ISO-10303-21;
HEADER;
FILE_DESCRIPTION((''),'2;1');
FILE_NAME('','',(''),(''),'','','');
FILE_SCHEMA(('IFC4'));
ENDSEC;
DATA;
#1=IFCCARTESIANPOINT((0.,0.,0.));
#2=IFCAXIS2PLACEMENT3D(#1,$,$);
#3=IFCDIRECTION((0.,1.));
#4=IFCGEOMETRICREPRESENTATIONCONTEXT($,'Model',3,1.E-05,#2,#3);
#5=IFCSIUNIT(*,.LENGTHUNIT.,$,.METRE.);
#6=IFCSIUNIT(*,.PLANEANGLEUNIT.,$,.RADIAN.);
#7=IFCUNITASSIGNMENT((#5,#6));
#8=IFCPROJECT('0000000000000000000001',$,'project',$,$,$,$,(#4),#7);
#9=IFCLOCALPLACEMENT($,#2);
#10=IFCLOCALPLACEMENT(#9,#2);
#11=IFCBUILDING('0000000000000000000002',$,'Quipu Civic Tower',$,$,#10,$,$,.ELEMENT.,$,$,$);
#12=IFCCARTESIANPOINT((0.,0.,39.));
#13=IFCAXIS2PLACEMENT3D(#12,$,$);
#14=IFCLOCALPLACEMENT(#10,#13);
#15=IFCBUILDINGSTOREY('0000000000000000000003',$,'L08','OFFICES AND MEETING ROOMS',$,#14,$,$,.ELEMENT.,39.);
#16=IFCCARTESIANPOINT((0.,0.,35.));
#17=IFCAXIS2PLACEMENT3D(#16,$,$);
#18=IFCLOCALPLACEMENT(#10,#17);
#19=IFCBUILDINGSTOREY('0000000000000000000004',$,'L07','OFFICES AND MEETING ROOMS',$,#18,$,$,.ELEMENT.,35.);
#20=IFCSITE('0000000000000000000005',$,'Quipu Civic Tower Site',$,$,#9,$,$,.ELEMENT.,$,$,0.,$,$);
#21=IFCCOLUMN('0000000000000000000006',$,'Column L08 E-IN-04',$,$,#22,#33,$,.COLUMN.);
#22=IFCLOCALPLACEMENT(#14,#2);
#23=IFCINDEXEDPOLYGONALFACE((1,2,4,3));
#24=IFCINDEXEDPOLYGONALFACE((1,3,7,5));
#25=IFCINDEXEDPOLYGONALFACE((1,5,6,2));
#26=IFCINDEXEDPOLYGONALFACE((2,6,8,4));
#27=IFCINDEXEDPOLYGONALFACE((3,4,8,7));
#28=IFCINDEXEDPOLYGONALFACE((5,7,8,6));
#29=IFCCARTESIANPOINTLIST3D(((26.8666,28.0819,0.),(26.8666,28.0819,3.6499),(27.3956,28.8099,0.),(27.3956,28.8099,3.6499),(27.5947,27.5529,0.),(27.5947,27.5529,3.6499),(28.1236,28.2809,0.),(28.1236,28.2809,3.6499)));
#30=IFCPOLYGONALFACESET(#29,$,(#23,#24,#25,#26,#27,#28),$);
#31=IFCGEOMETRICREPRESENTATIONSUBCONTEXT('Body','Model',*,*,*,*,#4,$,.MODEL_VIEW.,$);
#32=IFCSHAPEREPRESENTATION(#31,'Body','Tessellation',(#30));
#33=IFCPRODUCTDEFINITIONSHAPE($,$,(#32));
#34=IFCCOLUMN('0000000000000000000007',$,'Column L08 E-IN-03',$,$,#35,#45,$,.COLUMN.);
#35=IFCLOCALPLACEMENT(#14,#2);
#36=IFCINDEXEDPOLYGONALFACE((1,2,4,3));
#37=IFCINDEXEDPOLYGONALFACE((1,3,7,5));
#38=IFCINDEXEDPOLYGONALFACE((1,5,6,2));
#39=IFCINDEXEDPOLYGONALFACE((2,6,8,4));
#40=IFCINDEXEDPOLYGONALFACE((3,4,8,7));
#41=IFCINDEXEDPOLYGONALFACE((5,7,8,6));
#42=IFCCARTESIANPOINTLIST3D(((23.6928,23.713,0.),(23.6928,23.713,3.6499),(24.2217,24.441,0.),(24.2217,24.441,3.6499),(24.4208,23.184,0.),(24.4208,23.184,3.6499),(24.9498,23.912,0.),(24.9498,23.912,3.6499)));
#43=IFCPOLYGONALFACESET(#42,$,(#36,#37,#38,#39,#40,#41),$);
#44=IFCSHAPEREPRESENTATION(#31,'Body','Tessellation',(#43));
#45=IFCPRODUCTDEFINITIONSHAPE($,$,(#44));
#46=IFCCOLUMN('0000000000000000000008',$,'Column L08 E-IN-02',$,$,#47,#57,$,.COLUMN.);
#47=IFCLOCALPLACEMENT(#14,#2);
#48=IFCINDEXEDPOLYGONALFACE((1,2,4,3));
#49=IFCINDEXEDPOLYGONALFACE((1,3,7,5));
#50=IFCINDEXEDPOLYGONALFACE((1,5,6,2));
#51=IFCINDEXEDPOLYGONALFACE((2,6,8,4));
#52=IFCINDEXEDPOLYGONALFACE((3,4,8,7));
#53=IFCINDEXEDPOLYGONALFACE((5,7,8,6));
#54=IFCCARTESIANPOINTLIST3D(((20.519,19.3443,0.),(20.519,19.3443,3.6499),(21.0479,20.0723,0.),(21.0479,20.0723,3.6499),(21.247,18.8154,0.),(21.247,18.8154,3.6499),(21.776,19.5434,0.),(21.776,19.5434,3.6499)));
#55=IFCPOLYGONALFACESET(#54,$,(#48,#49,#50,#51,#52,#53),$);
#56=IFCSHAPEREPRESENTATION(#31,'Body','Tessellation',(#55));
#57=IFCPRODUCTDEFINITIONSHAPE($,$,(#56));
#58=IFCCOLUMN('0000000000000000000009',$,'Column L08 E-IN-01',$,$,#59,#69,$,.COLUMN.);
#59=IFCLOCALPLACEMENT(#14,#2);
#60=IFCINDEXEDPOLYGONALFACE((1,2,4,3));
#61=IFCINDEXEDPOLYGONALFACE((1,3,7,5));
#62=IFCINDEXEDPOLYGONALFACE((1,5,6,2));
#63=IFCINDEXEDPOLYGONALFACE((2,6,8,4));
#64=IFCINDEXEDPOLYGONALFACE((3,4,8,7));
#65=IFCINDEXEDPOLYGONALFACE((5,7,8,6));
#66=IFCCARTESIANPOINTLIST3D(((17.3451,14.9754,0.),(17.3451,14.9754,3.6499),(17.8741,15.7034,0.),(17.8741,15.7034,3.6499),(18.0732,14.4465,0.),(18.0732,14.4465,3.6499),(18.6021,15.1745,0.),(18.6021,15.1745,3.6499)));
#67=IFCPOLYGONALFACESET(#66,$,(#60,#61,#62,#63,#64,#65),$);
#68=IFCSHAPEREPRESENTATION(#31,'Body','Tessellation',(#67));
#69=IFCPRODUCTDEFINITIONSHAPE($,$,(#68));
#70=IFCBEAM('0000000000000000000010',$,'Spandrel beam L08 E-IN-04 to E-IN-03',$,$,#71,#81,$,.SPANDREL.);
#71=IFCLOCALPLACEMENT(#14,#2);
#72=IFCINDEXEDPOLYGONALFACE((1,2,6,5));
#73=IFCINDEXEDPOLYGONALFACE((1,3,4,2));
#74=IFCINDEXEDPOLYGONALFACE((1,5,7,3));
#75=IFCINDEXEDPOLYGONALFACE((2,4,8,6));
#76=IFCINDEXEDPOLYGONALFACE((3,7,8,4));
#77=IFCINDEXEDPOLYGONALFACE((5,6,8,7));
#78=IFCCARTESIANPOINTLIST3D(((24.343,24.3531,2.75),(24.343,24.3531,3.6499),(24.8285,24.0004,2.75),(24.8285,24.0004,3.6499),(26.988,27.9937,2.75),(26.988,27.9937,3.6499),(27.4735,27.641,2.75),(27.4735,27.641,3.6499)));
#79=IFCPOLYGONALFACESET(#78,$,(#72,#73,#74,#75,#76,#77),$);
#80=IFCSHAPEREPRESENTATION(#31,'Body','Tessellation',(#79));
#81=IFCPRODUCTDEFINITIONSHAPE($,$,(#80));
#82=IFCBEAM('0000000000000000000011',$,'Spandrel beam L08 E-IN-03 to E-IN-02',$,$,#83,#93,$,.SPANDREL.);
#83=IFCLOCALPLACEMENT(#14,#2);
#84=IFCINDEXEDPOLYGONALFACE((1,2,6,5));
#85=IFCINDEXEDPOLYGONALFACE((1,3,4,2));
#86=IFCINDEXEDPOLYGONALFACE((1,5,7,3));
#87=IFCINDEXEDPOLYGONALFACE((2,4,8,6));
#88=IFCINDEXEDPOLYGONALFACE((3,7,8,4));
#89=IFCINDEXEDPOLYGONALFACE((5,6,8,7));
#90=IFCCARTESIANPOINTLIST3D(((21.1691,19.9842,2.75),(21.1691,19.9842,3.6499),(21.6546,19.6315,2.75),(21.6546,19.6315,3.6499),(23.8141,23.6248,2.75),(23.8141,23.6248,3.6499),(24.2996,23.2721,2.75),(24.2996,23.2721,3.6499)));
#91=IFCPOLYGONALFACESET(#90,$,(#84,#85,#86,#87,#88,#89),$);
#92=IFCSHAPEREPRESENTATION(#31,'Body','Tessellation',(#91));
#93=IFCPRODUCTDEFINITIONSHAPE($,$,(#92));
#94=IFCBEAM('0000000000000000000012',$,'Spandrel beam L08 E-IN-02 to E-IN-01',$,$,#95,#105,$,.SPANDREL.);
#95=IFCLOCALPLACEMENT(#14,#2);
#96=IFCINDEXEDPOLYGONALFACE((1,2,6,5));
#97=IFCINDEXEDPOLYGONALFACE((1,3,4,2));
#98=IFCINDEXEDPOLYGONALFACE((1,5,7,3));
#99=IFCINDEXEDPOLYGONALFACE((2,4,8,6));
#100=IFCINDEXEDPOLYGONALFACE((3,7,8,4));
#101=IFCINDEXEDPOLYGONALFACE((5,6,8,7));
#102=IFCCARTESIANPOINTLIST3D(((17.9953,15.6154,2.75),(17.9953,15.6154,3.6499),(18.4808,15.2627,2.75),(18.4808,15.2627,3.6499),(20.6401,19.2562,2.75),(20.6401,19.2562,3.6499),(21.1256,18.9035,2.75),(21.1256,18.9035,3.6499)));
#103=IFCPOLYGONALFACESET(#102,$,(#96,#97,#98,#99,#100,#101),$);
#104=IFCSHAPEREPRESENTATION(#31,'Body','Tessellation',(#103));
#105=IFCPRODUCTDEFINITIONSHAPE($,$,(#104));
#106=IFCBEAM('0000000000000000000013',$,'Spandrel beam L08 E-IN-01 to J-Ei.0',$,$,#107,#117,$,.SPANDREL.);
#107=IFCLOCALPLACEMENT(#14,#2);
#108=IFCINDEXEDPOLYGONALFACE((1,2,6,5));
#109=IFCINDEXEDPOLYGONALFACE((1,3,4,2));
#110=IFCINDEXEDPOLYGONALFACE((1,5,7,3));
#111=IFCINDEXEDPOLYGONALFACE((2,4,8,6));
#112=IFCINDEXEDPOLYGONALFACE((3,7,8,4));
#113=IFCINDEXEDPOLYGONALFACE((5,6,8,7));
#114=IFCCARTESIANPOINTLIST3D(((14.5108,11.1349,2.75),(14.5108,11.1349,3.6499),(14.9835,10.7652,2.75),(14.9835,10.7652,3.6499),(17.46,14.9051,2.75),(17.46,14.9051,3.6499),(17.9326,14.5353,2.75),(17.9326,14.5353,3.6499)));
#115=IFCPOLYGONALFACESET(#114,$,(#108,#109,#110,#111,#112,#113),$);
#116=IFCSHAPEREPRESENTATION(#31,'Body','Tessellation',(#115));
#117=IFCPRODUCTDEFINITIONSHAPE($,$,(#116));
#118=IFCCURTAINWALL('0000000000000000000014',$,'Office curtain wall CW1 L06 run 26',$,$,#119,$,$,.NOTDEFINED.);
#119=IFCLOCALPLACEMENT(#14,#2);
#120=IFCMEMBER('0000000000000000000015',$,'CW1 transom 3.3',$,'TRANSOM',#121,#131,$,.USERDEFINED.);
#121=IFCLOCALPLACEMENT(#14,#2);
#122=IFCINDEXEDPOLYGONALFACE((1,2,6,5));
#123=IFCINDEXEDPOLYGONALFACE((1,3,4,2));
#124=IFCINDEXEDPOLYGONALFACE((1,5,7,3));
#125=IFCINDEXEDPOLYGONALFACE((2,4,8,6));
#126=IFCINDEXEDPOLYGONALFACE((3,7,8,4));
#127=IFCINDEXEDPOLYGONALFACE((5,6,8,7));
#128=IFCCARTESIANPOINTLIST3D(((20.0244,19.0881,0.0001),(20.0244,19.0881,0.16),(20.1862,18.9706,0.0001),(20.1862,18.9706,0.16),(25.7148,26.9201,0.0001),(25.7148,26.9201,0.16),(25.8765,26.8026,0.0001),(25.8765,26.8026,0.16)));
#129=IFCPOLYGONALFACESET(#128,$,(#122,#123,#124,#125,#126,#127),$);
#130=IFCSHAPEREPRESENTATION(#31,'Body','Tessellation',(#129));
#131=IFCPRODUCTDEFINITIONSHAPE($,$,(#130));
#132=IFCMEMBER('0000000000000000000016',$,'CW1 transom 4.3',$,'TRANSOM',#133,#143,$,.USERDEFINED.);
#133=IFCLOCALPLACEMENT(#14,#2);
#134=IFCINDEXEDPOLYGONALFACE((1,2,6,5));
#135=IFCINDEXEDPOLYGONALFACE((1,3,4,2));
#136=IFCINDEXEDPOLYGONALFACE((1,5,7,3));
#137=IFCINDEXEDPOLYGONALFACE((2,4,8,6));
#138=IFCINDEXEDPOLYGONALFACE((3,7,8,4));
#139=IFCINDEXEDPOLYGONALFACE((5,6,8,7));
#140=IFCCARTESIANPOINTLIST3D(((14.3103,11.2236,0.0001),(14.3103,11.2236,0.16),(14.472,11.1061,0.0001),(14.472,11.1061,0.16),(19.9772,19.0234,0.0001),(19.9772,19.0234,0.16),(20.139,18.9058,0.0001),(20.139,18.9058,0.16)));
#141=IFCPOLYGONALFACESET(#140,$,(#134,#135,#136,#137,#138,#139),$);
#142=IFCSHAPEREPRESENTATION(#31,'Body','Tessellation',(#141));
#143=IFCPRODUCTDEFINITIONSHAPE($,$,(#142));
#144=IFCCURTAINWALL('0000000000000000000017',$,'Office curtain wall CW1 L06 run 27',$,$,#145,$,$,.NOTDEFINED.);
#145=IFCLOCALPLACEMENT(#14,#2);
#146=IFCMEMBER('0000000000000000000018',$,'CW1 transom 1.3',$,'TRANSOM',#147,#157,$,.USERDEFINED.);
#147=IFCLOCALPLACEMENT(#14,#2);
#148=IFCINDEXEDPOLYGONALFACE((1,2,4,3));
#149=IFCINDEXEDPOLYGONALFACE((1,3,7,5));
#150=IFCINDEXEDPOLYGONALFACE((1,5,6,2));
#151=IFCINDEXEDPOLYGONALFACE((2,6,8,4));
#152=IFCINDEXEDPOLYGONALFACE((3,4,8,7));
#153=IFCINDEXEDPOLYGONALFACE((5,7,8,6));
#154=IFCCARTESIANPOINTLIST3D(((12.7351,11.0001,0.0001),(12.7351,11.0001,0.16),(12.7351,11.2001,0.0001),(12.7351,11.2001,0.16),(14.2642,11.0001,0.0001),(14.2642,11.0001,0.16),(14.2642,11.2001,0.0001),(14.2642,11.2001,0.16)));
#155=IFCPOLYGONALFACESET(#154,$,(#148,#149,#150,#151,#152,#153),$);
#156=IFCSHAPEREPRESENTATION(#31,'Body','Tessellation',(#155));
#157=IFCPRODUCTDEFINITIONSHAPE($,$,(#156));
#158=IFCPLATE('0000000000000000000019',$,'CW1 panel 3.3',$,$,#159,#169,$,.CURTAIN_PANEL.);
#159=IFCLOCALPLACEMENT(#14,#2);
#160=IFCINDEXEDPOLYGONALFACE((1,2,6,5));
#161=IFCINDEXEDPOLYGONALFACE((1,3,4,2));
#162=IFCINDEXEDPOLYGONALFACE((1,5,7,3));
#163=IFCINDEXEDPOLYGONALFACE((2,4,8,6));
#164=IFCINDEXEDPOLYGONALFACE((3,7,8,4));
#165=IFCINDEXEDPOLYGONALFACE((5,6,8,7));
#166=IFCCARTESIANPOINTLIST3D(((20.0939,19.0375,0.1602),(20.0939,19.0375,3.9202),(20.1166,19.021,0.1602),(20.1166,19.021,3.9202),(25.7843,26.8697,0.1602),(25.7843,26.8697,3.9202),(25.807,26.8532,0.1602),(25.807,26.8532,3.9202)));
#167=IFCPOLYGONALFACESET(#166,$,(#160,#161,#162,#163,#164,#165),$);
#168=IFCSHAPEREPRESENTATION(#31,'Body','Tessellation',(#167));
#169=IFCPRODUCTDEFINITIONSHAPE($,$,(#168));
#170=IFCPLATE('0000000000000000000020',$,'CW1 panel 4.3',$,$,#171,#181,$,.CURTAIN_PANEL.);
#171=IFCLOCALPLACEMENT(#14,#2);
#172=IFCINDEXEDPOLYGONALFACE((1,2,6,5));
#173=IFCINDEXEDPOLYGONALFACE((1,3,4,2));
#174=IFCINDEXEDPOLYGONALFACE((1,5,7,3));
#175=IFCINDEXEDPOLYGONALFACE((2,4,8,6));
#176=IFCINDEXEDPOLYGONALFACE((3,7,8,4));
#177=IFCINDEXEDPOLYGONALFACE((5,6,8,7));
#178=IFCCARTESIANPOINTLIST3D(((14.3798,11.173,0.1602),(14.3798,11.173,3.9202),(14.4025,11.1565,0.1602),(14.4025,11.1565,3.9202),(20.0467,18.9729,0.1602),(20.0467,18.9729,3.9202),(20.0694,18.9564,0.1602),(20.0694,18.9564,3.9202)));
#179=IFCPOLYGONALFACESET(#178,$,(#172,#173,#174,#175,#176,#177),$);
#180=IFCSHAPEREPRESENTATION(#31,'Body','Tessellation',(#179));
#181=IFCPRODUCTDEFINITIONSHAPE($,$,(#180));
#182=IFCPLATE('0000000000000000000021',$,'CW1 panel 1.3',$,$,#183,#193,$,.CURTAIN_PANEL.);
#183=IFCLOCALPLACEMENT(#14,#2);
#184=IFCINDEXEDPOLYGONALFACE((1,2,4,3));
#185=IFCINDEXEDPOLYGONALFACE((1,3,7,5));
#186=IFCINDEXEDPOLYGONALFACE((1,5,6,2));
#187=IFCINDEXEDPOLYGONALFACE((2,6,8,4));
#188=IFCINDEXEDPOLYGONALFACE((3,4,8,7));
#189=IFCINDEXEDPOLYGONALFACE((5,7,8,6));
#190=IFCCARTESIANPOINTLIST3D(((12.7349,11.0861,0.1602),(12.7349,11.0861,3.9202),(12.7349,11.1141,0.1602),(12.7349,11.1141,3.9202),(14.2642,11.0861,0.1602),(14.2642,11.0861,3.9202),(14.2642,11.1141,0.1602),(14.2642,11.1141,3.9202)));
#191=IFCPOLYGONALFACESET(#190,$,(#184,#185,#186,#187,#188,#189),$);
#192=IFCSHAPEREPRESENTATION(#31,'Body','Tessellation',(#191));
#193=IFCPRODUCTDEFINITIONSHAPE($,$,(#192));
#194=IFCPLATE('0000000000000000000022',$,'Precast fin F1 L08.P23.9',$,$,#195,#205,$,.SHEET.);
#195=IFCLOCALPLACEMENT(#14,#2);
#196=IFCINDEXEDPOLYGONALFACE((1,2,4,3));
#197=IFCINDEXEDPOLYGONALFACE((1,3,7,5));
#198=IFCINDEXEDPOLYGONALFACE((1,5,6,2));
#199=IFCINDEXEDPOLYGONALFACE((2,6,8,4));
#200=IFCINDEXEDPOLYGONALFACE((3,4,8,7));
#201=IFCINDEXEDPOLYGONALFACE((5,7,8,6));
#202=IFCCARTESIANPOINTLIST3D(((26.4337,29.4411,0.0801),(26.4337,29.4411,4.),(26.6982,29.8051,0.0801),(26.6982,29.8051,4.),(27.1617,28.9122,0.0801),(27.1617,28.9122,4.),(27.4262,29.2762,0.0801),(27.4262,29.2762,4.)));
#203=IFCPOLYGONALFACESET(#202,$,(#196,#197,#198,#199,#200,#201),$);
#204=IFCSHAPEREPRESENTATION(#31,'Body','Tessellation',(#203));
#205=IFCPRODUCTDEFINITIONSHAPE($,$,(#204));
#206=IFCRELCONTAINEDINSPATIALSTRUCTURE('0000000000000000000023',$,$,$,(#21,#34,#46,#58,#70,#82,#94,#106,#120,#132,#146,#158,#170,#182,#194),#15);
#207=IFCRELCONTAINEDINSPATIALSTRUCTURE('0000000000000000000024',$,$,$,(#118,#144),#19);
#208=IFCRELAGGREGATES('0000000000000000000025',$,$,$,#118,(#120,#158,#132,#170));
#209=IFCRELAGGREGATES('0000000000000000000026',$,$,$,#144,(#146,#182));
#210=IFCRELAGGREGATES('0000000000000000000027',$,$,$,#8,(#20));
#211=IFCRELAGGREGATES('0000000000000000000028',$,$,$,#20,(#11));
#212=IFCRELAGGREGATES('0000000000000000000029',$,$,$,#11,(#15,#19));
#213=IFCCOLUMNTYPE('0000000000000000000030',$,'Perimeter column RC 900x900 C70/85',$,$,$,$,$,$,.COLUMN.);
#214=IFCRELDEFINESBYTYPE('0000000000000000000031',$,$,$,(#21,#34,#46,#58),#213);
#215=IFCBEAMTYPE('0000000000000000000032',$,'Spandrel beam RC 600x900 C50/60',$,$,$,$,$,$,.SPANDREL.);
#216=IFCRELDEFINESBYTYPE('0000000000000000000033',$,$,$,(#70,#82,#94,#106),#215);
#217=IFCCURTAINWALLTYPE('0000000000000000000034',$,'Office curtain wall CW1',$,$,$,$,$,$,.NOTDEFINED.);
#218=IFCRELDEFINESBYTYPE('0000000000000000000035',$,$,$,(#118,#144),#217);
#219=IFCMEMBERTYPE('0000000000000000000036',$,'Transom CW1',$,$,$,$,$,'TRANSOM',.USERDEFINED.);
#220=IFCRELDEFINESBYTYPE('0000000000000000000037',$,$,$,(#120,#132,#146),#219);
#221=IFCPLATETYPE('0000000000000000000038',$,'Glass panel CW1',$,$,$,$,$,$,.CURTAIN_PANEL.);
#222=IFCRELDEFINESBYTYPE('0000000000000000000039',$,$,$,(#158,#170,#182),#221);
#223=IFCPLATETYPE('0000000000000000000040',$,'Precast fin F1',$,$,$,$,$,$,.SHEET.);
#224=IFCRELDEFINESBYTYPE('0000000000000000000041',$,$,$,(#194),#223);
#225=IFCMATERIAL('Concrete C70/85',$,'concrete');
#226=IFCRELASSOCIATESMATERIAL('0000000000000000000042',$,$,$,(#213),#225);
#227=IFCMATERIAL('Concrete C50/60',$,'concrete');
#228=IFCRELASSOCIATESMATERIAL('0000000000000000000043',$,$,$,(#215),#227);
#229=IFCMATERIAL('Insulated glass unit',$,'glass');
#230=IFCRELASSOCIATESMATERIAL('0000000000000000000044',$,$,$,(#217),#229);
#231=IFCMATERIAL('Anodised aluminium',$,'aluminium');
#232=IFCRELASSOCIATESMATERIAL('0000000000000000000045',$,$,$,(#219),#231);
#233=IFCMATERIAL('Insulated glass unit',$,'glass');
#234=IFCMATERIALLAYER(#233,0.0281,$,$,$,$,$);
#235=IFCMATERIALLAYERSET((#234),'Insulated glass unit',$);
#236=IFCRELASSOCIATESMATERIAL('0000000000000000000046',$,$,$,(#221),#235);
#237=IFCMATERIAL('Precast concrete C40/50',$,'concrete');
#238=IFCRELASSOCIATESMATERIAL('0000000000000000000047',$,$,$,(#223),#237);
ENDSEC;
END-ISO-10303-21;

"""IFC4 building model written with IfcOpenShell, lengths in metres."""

from ifc_helpers import new_model, si_unit, direction, frame, origin, origin_2d, place, context, subcontext, project, spatial, rectangle, extrude, material, layer, layer_set, material_profile, profile_set, type_object, element, aggregate, save


model = new_model("IFC4")

# Units and contexts
model_context = context("Model", 3, precision=1e-05, world=origin(), true_north=direction((0.0, 1.0)))
body_context = subcontext(model_context, "Body", "Model", "MODEL_VIEW")
ifc_project = project(units=[si_unit("LENGTHUNIT", "METRE"), si_unit("PLANEANGLEUNIT", "RADIAN")], contexts=[model_context])

# Site, building, storey
site_placement = place(None, origin())
site = spatial("IfcSite", under=ifc_project, at=site_placement, Name="Quipu Civic Tower Site", CompositionType="ELEMENT", RefElevation=0.0)
building_placement = place(site_placement, origin())
building = spatial("IfcBuilding", under=site, at=building_placement, Name="Quipu Civic Tower", CompositionType="ELEMENT")
storey_1_placement = place(building_placement, frame((0.0, 0.0, 39.0)))
storey_1 = spatial("IfcBuildingStorey", under=building, at=storey_1_placement, Name="L08", Description="OFFICES AND MEETING ROOMS", CompositionType="ELEMENT", Elevation=39.0)

# Columns
ifc_material_1 = material(Name="Concrete C70/85", Category="concrete")
ifc_material_profile_1 = material_profile(ifc_material_1, rectangle(XDim=0.8999, YDim=0.8999, at=origin_2d()), Name="RC900x900")
ifc_profile_set_1 = profile_set([ifc_material_profile_1], Name="Concrete C70/85")
column_type = type_object("IfcColumnType", Name="Perimeter column RC 900x900 C70/85", PredefinedType="COLUMN", material=ifc_profile_set_1)
for number, where, z_axis, x_axis, name in (
    (1, (27.4951, 28.1814, 0.0), (0.0, 0.0, 1.0), (-0.587785, -0.809017, 0.0), "Column L08 E-IN-04"),
    (2, (24.3213, 23.8125, 0.0), (0.0, 0.0, 1.0), (-0.587785, -0.809017, 0.0), "Column L08 E-IN-03"),
    (3, (21.1475, 19.4438, 0.0), (0.0, 0.0, 1.0), (-0.587785, -0.809017, 0.0), "Column L08 E-IN-02"),
    (4, (17.9736, 15.075, 0.0), (0.0, 0.0, 1.0), (-0.587785, -0.809017, 0.0), "Column L08 E-IN-01"),
):
    element("IfcColumn", number, at=place(storey_1_placement, frame(where, z_axis=z_axis, x_axis=x_axis)), inside=storey_1, type_object=column_type, Name=name, PredefinedType="COLUMN", context=body_context, shape_type="SweptSolid", body=[
        extrude(rectangle(XDim=0.8999, YDim=0.8999, at=origin_2d()), origin(), (0.0, 0.0, 1.0), 3.6499),
    ])

# Beams
ifc_material_2 = material(Name="Concrete C50/60", Category="concrete")
ifc_material_profile_2 = material_profile(ifc_material_2, rectangle(XDim=0.6001, YDim=0.8999, at=origin_2d()), Name="RC600x900")
ifc_profile_set_2 = profile_set([ifc_material_profile_2], Name="Concrete C50/60")
beam_type = type_object("IfcBeamType", Name="Spandrel beam RC 600x900 C50/60", PredefinedType="SPANDREL", material=ifc_profile_set_2)
for number, where, z_axis, x_axis, name in (
    (5, (27.2307, 27.8174, 3.2), (-0.587778, -0.809022, 0.0), (0.809022, -0.587778, 0.0), "Spandrel beam L08 E-IN-04 to E-IN-03"),
    (6, (24.0569, 23.4485, 3.2), (-0.587778, -0.809022, 0.0), (0.809022, -0.587778, 0.0), "Spandrel beam L08 E-IN-03 to E-IN-02"),
    (7, (20.8828, 19.0798, 3.2), (-0.587717, -0.809067, 0.0), (0.809067, -0.587717, 0.0), "Spandrel beam L08 E-IN-02 to E-IN-01"),
):
    element("IfcBeam", number, at=place(storey_1_placement, frame(where, z_axis=z_axis, x_axis=x_axis)), inside=storey_1, type_object=beam_type, Name=name, PredefinedType="SPANDREL", context=body_context, shape_type="SweptSolid", body=[
        extrude(rectangle(XDim=0.6001, YDim=0.8999, at=origin_2d()), origin(), (0.0, 0.0, 1.0), 4.5),
    ])
beam_placement = place(storey_1_placement, frame((17.6963, 14.7202, 3.2), z_axis=(-0.616124, -0.787649, 0.0), x_axis=(0.787649, -0.616124, 0.0)))
element("IfcBeam", 8, at=beam_placement, inside=storey_1, type_object=beam_type, Name="Spandrel beam L08 E-IN-01 to J-Ei.0", PredefinedType="SPANDREL", context=body_context, shape_type="SweptSolid", body=[
    extrude(rectangle(XDim=0.6001, YDim=0.8999, at=origin_2d()), origin(), (0.0, 0.0, 1.0), 4.7866),
])

# Shared definitions
storey_2_placement = place(building_placement, frame((0.0, 0.0, 35.0)))
storey_2 = spatial("IfcBuildingStorey", under=building, at=storey_2_placement, Name="L07", Description="OFFICES AND MEETING ROOMS", CompositionType="ELEMENT", Elevation=35.0)

# Curtain wall, members
ifc_material_3 = material(Name="Insulated glass unit", Category="glass")
curtain_wall_type = type_object("IfcCurtainWallType", Name="Office curtain wall CW1", PredefinedType="NOTDEFINED", material=ifc_material_3)
curtain_wall_1_placement = place(storey_2_placement, origin())
curtain_wall_1 = element("IfcCurtainWall", 9, at=curtain_wall_1_placement, inside=storey_2, type_object=curtain_wall_type, Name="Office curtain wall CW1 L06 run 26", PredefinedType="NOTDEFINED")
ifc_material_4 = material(Name="Anodised aluminium", Category="aluminium")
ifc_material_profile_3 = material_profile(ifc_material_4, rectangle(XDim=0.2, YDim=0.1599, at=origin_2d()), Name="RECT 200x160")
ifc_profile_set_3 = profile_set([ifc_material_profile_3], Name="Anodised aluminium")
member_type = type_object("IfcMemberType", Name="Transom CW1", ElementType="TRANSOM", PredefinedType="USERDEFINED", material=ifc_profile_set_3)
member_1_placement = place(storey_1_placement, frame((25.7957, 26.8613, 0.0801), z_axis=(-0.587794, -0.809011, 0.0), x_axis=(0.809011, -0.587794, 0.0)))
member_1 = element("IfcMember", 10, at=member_1_placement, inside=storey_1, type_object=member_type, Name="CW1 transom 3.3", ObjectType="TRANSOM", PredefinedType="USERDEFINED", context=body_context, shape_type="SweptSolid", body=[
    extrude(rectangle(XDim=0.2, YDim=0.1599, at=origin_2d()), origin(), (0.0, 0.0, 1.0), 9.6809),
])
member_2_placement = place(storey_1_placement, frame((20.0581, 18.9646, 0.0801), z_axis=(-0.587792, -0.809012, 0.0), x_axis=(0.809012, -0.587792, 0.0)))
member_2 = element("IfcMember", 11, at=member_2_placement, inside=storey_1, type_object=member_type, Name="CW1 transom 4.3", ObjectType="TRANSOM", PredefinedType="USERDEFINED", context=body_context, shape_type="SweptSolid", body=[
    extrude(rectangle(XDim=0.2, YDim=0.1599, at=origin_2d()), origin(), (0.0, 0.0, 1.0), 9.6411),
])

# Curtain wall, member
curtain_wall_2_placement = place(storey_2_placement, origin())
curtain_wall_2 = element("IfcCurtainWall", 12, at=curtain_wall_2_placement, inside=storey_2, type_object=curtain_wall_type, Name="Office curtain wall CW1 L06 run 27", PredefinedType="NOTDEFINED")
member_3_placement = place(storey_1_placement, frame((14.2642, 11.1001, 0.0801), z_axis=(-1.0, 0.0, 0.0), x_axis=(0.0, -1.0, 0.0)))
member_3 = element("IfcMember", 13, at=member_3_placement, inside=storey_1, type_object=member_type, Name="CW1 transom 1.3", ObjectType="TRANSOM", PredefinedType="USERDEFINED", context=body_context, shape_type="SweptSolid", body=[
    extrude(rectangle(XDim=0.2, YDim=0.1599, at=origin_2d()), origin(), (0.0, 0.0, 1.0), 1.5291),
])

# Plates
ifc_material_5 = material(Name="Insulated glass unit", Category="glass")
ifc_layer_1 = layer(ifc_material_5, 0.0281)
ifc_layer_set_1 = layer_set([ifc_layer_1], Name="Insulated glass unit")
plate_type_1 = type_object("IfcPlateType", Name="Glass panel CW1", PredefinedType="CURTAIN_PANEL", material=ifc_layer_set_1)
plate_1_placement = place(storey_1_placement, frame((22.9504, 22.9453, 0.1602), z_axis=(0.0, 0.0, 1.0), x_axis=(-0.587786, -0.809017, 0.0)))
plate_1 = element("IfcPlate", 14, at=plate_1_placement, inside=storey_1, type_object=plate_type_1, Name="CW1 panel 3.3", PredefinedType="CURTAIN_PANEL", context=body_context, shape_type="SweptSolid", body=[
    extrude(rectangle(XDim=9.6812, YDim=0.0281, at=origin_2d()), origin(), (0.0, 0.0, 1.0), 3.76),
])
plate_2_placement = place(storey_1_placement, frame((17.2246, 15.0647, 0.1602), z_axis=(0.0, 0.0, 1.0), x_axis=(-0.587786, -0.809017, 0.0)))
plate_2 = element("IfcPlate", 15, at=plate_2_placement, inside=storey_1, type_object=plate_type_1, Name="CW1 panel 4.3", PredefinedType="CURTAIN_PANEL", context=body_context, shape_type="SweptSolid", body=[
    extrude(rectangle(XDim=9.6411, YDim=0.0281, at=origin_2d()), origin(), (0.0, 0.0, 1.0), 3.76),
])
aggregate(curtain_wall_1, [member_1, plate_1, member_2, plate_2])
plate_3_placement = place(storey_1_placement, frame((13.4995, 11.1001, 0.1602), z_axis=(0.0, 0.0, 1.0), x_axis=(-1.0, 0.0, 0.0)))
plate_3 = element("IfcPlate", 16, at=plate_3_placement, inside=storey_1, type_object=plate_type_1, Name="CW1 panel 1.3", PredefinedType="CURTAIN_PANEL", context=body_context, shape_type="SweptSolid", body=[
    extrude(rectangle(XDim=1.5293, YDim=0.0281, at=origin_2d()), origin(), (0.0, 0.0, 1.0), 3.76),
])
aggregate(curtain_wall_2, [member_3, plate_3])

# Plate
ifc_material_6 = material(Name="Precast concrete C40/50", Category="concrete")
plate_type_2 = type_object("IfcPlateType", Name="Precast fin F1", PredefinedType="SHEET", material=ifc_material_6)
for number, where, z_axis, x_axis, name in (
    (17, (26.9299, 29.3586, 0.0801), (0.0, 0.0, 1.0), (-0.587785, -0.809017, 0.0), "Precast fin F1 L08.P23.9"),
):
    element("IfcPlate", number, at=place(storey_1_placement, frame(where, z_axis=z_axis, x_axis=x_axis)), inside=storey_1, type_object=plate_type_2, Name=name, PredefinedType="SHEET", context=body_context, shape_type="SweptSolid", body=[
        extrude(rectangle(XDim=0.45, YDim=0.8999, at=origin_2d()), origin(), (0.0, 0.0, 1.0), 3.9199),
    ])

save(model, "model.ifc")
